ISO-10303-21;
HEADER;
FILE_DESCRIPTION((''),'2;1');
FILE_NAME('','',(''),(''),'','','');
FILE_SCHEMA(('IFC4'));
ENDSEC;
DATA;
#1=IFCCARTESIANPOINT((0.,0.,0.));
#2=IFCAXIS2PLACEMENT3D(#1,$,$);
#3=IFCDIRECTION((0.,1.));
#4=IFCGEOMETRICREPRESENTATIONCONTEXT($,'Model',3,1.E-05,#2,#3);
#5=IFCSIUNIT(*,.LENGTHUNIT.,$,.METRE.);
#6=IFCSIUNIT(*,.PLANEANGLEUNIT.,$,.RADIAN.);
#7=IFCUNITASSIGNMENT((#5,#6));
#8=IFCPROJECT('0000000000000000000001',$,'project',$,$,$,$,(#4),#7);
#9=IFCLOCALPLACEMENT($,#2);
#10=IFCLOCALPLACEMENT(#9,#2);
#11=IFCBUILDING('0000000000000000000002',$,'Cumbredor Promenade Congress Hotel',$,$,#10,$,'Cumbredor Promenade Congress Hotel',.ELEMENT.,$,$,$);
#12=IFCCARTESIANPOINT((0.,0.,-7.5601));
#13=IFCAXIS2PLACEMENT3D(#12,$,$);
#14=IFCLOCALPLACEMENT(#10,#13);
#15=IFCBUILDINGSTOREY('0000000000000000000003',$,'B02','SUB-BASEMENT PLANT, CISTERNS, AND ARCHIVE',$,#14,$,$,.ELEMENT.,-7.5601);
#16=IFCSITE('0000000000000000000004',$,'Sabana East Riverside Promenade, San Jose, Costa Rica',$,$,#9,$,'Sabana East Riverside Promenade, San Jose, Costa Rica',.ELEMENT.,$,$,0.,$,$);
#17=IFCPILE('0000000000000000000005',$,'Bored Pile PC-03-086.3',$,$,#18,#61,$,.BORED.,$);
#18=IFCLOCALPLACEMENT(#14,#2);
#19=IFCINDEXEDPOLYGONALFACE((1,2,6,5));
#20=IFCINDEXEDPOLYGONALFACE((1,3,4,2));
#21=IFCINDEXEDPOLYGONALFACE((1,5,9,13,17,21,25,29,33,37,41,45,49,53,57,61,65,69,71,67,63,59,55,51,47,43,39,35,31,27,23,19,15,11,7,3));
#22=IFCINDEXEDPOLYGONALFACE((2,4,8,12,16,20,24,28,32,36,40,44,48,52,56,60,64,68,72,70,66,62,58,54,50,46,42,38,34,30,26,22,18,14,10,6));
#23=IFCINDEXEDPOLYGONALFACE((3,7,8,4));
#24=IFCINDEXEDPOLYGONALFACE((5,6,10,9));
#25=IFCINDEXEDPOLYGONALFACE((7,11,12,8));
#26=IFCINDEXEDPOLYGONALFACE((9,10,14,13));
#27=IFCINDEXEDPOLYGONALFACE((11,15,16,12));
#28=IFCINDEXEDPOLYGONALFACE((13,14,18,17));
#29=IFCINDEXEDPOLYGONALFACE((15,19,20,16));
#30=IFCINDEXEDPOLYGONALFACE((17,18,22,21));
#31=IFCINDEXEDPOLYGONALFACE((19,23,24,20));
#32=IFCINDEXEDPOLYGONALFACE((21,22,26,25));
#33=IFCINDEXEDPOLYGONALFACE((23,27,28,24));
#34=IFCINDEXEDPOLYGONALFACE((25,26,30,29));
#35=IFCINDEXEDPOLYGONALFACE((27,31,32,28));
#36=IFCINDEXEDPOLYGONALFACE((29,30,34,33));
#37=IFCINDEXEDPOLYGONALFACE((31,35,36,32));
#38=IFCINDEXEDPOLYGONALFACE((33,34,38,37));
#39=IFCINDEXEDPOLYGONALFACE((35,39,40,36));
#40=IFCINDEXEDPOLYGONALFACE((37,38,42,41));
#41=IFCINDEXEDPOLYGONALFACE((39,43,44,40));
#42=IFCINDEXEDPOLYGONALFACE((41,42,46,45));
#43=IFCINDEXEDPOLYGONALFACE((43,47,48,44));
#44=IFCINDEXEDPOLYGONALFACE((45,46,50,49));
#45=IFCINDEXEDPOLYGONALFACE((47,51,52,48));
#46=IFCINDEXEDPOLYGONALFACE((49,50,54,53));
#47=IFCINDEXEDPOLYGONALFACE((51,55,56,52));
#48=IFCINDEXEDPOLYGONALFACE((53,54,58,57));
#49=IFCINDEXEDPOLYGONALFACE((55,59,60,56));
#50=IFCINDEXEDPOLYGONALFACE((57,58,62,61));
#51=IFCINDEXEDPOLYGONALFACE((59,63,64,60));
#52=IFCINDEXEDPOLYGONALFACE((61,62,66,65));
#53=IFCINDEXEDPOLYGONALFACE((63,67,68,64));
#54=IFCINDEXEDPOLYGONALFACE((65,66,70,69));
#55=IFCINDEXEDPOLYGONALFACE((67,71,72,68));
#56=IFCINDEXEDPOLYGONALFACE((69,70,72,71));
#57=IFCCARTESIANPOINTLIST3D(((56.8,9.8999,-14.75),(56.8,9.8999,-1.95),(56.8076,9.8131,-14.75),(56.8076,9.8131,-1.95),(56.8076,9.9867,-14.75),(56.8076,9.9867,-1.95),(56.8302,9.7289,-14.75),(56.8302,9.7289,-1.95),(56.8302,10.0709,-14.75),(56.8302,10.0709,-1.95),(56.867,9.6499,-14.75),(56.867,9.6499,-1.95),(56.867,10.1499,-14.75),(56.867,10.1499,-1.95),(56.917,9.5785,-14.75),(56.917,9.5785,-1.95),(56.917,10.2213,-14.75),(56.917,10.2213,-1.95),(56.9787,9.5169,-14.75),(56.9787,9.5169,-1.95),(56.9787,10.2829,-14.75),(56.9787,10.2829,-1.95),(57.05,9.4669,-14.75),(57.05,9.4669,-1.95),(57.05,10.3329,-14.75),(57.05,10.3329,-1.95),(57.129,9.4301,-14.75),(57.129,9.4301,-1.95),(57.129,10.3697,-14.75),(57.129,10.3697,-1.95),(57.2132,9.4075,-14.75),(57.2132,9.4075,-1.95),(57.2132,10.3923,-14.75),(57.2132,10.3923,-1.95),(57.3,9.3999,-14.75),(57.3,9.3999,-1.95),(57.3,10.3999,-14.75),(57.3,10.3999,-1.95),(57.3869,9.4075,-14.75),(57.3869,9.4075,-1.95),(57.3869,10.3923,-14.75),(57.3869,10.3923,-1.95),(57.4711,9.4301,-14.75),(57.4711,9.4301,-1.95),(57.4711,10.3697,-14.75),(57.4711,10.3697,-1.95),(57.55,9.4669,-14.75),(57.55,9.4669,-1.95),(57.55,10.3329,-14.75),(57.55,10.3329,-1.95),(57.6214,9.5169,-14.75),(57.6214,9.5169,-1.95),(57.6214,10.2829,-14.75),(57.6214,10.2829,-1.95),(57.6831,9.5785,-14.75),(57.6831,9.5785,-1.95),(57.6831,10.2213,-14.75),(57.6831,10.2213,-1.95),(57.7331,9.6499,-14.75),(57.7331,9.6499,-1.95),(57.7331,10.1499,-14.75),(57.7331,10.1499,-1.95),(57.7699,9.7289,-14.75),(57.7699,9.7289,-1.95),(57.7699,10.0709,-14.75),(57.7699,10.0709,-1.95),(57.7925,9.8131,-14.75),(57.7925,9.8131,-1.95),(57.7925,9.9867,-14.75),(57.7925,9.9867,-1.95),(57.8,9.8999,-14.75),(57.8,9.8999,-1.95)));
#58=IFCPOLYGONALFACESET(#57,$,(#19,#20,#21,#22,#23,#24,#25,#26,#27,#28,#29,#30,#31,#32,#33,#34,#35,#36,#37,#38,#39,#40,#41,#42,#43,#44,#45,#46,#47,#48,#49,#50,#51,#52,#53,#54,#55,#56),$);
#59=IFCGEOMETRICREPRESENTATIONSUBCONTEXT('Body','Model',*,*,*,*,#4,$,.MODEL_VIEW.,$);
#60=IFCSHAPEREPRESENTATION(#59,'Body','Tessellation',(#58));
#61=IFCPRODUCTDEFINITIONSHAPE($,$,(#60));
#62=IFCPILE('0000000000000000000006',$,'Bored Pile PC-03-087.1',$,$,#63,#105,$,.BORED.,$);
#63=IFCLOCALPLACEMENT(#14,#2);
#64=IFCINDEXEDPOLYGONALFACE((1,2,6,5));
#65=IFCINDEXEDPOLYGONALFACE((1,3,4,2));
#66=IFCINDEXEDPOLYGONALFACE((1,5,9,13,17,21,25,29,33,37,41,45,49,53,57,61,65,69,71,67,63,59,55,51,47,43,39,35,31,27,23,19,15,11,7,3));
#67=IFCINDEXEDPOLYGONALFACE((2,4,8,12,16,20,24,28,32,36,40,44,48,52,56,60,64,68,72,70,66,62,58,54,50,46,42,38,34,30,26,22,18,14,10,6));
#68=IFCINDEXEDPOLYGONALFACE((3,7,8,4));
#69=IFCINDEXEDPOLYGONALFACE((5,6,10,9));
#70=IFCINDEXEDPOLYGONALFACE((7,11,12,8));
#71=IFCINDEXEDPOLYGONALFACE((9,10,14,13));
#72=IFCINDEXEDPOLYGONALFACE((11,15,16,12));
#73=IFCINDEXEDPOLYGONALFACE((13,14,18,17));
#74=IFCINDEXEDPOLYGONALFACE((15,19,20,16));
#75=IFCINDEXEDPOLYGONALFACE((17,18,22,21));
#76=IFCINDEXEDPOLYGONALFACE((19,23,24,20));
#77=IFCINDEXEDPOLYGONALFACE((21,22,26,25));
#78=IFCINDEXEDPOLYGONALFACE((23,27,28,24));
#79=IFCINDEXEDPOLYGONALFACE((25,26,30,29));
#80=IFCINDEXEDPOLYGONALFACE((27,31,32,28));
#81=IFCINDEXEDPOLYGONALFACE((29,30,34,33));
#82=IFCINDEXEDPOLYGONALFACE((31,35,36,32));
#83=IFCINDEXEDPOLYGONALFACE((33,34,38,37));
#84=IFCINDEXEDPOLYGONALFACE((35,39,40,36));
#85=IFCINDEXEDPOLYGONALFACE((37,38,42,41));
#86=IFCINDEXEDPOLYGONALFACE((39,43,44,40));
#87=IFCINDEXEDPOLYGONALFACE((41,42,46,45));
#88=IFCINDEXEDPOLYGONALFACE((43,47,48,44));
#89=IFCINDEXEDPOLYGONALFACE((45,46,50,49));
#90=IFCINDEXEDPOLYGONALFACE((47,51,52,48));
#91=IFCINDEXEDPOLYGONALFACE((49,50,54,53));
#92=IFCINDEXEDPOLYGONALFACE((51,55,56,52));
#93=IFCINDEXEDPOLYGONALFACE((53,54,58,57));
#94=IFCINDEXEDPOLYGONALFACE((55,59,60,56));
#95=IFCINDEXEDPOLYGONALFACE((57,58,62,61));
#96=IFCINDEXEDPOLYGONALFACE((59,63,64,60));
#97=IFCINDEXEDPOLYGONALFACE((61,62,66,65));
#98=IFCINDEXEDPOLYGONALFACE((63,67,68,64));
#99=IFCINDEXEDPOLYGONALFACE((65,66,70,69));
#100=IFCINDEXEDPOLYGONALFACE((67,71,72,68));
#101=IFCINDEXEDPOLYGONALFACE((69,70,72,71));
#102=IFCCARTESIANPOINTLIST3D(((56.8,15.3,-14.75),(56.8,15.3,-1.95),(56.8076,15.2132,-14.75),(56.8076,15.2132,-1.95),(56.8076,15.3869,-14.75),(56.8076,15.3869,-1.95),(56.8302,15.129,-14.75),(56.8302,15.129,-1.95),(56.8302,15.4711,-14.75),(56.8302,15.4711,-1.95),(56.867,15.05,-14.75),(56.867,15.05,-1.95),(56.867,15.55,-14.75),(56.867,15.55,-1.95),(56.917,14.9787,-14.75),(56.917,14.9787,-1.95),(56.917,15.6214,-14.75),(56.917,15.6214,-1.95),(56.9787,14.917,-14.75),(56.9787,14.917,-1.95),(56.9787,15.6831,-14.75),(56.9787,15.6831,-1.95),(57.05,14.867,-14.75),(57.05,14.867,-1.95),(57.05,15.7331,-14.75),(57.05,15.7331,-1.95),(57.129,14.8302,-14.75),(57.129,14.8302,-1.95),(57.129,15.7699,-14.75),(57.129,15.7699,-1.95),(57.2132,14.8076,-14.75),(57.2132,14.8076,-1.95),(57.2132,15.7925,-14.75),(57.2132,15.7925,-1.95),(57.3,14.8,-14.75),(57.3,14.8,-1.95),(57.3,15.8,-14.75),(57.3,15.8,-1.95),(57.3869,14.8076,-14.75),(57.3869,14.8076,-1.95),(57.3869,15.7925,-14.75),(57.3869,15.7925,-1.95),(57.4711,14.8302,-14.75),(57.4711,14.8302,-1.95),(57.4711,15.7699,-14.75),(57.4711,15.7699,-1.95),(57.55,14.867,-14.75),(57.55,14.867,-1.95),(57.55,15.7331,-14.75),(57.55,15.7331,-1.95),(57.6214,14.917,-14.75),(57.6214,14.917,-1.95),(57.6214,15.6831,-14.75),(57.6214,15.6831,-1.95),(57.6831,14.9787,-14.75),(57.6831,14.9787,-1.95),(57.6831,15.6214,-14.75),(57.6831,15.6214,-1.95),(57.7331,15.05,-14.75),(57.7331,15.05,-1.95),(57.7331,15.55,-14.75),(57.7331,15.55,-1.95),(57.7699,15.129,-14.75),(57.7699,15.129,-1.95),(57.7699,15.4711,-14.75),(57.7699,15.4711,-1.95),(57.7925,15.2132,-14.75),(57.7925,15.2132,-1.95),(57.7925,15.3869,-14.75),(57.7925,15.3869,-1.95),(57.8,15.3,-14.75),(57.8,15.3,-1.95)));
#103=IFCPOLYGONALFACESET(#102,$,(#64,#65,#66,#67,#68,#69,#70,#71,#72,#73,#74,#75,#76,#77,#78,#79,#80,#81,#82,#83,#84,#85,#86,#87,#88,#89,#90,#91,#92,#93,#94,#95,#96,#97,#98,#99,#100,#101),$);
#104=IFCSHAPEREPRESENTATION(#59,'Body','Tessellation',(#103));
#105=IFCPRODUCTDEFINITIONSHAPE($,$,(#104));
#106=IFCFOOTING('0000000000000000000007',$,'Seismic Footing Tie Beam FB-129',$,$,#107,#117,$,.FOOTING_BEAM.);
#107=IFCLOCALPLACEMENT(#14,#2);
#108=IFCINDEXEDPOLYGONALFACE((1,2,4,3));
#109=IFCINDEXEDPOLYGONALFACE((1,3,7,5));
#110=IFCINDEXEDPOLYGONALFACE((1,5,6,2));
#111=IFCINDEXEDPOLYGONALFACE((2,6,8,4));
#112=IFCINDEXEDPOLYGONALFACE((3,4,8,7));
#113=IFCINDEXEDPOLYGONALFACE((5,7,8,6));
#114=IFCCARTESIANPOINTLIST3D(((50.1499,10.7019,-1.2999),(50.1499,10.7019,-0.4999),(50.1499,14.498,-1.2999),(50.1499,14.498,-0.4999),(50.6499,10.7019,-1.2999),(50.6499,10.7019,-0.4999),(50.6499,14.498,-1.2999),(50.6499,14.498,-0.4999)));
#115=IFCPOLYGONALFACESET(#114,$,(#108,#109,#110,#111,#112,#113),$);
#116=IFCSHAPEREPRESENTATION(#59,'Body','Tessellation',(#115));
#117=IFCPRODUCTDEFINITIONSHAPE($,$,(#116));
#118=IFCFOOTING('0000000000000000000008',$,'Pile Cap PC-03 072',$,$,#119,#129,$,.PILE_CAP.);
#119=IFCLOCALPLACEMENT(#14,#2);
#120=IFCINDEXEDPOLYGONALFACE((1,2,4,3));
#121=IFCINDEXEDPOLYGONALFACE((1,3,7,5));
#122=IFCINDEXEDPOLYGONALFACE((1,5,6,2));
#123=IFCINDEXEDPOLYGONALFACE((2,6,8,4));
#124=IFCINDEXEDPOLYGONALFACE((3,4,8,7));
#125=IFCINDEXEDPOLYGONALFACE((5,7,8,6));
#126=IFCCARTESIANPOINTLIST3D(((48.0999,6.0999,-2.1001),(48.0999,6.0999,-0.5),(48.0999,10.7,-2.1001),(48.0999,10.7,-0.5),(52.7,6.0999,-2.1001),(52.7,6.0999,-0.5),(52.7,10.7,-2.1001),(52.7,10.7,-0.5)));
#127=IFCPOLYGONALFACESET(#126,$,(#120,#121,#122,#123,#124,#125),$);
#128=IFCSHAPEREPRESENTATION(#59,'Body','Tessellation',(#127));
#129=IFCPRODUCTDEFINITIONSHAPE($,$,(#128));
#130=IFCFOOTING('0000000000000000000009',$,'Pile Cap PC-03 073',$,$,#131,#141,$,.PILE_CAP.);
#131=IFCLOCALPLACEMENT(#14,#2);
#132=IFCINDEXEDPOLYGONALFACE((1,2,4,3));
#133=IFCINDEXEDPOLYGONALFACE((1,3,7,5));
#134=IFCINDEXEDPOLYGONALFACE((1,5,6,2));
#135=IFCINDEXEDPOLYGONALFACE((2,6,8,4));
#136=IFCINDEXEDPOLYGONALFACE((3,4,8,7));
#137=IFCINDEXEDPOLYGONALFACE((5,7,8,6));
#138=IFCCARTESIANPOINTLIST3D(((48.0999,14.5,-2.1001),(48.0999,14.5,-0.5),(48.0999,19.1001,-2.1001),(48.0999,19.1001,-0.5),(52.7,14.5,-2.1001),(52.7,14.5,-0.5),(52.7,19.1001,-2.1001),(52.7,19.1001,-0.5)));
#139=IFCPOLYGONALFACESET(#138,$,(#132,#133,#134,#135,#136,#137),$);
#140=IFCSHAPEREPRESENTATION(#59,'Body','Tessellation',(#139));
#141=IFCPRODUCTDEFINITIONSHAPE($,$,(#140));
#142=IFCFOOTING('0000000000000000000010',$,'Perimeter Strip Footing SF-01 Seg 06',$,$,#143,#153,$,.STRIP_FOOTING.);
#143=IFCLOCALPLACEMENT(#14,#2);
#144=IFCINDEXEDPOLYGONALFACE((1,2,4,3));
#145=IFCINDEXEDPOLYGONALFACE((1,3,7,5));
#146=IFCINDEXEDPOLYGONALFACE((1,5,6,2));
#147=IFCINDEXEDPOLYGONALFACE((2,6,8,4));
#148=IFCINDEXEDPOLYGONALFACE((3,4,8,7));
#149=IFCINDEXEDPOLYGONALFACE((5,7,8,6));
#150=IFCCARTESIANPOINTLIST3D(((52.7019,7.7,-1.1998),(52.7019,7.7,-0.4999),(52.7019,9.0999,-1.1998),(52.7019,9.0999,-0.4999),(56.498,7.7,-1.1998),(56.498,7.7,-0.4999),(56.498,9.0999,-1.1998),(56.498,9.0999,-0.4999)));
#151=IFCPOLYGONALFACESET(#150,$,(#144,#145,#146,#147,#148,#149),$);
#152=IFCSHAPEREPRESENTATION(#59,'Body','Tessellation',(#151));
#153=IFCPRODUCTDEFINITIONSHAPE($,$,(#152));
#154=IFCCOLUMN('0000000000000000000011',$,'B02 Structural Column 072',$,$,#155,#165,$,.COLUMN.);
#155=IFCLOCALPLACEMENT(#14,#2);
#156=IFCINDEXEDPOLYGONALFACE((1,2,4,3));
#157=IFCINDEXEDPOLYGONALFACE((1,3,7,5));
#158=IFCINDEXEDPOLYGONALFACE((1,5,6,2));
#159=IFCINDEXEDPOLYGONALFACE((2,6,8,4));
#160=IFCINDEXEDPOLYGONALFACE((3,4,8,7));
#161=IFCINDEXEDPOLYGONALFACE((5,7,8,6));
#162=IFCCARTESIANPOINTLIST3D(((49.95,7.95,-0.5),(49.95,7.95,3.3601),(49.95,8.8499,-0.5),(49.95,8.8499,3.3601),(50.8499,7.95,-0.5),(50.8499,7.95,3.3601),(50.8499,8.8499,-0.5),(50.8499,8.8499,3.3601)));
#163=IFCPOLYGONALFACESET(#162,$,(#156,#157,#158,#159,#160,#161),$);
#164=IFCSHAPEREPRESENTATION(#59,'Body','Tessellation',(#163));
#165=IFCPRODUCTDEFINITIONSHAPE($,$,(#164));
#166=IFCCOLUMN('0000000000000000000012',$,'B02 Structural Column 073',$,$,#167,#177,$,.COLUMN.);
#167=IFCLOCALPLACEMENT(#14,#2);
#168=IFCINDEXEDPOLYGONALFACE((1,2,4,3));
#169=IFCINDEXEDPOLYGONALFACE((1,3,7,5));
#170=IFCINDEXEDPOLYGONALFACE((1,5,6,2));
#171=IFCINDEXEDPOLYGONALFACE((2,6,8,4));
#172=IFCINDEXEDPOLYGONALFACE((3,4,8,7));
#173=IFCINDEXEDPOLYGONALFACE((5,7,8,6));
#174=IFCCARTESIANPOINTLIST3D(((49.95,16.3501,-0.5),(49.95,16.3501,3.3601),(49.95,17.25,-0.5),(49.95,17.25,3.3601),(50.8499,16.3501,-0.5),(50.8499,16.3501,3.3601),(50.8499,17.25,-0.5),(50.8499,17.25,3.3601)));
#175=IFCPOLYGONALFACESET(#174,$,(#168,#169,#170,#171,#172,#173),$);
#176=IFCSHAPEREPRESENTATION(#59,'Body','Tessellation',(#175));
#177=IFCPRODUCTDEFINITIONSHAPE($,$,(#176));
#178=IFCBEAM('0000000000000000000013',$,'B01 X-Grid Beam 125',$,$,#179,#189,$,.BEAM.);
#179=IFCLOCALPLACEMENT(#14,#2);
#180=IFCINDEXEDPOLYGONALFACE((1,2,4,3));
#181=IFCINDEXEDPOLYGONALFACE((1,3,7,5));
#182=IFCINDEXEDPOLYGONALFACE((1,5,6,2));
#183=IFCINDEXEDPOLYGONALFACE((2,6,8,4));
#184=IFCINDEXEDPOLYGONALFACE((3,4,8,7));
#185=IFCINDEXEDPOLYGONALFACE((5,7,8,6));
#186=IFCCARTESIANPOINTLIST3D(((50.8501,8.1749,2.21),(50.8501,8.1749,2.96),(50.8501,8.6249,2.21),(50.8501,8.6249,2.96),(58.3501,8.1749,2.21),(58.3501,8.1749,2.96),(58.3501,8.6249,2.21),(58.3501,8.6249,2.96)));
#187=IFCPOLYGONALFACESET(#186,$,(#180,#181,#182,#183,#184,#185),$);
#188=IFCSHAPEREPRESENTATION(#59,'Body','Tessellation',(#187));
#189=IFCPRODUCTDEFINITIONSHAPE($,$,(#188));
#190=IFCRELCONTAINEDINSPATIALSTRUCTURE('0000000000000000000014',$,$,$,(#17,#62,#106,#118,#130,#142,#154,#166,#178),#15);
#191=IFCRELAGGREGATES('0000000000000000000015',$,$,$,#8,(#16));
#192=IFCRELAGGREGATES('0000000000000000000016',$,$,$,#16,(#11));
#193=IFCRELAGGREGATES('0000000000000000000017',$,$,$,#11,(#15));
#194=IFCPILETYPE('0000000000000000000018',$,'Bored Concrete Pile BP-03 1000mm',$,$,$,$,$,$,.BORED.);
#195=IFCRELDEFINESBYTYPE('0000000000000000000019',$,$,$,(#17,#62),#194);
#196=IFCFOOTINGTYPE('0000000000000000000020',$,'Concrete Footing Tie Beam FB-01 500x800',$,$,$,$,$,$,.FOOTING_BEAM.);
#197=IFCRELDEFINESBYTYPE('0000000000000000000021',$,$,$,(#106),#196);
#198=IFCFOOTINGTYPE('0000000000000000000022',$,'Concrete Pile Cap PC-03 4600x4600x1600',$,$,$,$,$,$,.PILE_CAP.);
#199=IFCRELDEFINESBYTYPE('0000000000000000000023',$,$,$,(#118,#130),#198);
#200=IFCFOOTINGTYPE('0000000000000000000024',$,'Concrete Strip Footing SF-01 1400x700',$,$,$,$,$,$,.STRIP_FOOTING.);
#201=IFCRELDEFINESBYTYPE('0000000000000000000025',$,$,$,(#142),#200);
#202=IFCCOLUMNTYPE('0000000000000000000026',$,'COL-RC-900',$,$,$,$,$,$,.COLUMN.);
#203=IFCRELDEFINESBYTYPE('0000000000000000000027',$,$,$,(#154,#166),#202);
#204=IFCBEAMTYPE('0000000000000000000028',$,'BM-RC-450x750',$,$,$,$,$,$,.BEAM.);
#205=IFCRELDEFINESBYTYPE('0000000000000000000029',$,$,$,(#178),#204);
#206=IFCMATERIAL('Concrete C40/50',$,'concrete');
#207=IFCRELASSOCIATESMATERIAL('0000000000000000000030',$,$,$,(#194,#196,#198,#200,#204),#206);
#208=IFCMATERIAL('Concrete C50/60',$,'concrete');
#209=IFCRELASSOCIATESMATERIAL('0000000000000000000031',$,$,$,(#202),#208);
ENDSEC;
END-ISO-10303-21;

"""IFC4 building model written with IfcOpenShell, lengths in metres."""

from ifc_helpers import new_model, si_unit, direction, frame, origin, origin_2d, place, context, subcontext, project, spatial, rectangle, circle, extrude, material, material_profile, profile_set, type_object, element, save


model = new_model("IFC4")

# Units and contexts
model_context = context("Model", 3, precision=1e-05, world=origin(), true_north=direction((0.0, 1.0)))
body_context = subcontext(model_context, "Body", "Model", "MODEL_VIEW")
ifc_project = project(units=[si_unit("LENGTHUNIT", "METRE"), si_unit("PLANEANGLEUNIT", "RADIAN")], contexts=[model_context])

# Site, building, storey
site_placement = place(None, origin())
site = spatial("IfcSite", under=ifc_project, at=site_placement, Name="Sabana East Riverside Promenade, San Jose, Costa Rica", LongName="Sabana East Riverside Promenade, San Jose, Costa Rica", CompositionType="ELEMENT", RefElevation=0.0)
building_placement = place(site_placement, origin())
building = spatial("IfcBuilding", under=site, at=building_placement, Name="Cumbredor Promenade Congress Hotel", LongName="Cumbredor Promenade Congress Hotel", CompositionType="ELEMENT")
storey_placement = place(building_placement, frame((0.0, 0.0, -7.5601)))
storey = spatial("IfcBuildingStorey", under=building, at=storey_placement, Name="B02", Description="SUB-BASEMENT PLANT, CISTERNS, AND ARCHIVE", CompositionType="ELEMENT", Elevation=-7.5601)

# Piles
ifc_material_1 = material(Name="Concrete C40/50", Category="concrete")
ifc_material_profile_1 = material_profile(ifc_material_1, circle(Radius=0.5, at=origin_2d()), Name="PILE D1000")
ifc_profile_set_1 = profile_set([ifc_material_profile_1], Name="Concrete C40/50")
pile_type = type_object("IfcPileType", Name="Bored Concrete Pile BP-03 1000mm", PredefinedType="BORED", material=ifc_profile_set_1)
for number, where, z_axis, x_axis, name in (
    (1, (57.3, 9.8999, -1.95), (0.0, 0.0, -1.0), (1.0, 0.0, 0.0), "Bored Pile PC-03-086.3"),
    (2, (57.3, 15.3, -1.95), (0.0, 0.0, -1.0), (1.0, 0.0, 0.0), "Bored Pile PC-03-087.1"),
):
    element("IfcPile", number, at=place(storey_placement, frame(where, z_axis=z_axis, x_axis=x_axis)), inside=storey, type_object=pile_type, Name=name, PredefinedType="BORED", context=body_context, shape_type="SweptSolid", body=[
        extrude(circle(Radius=0.5, at=origin_2d()), origin(), (0.0, 0.0, 1.0), 12.8),
    ])

# Footings
ifc_material_profile_2 = material_profile(ifc_material_1, rectangle(XDim=0.5, YDim=0.8, at=origin_2d()), Name="FB 500x800")
ifc_profile_set_2 = profile_set([ifc_material_profile_2], Name="Concrete C40/50")
footing_type_1 = type_object("IfcFootingType", Name="Concrete Footing Tie Beam FB-01 500x800", PredefinedType="FOOTING_BEAM", material=ifc_profile_set_2)
footing_1_placement = place(storey_placement, frame((50.3999, 10.7019, -0.8999), z_axis=(0.0, 1.0, 0.0), x_axis=(-1.0, 0.0, 0.0)))
element("IfcFooting", 3, at=footing_1_placement, inside=storey, type_object=footing_type_1, Name="Seismic Footing Tie Beam FB-129", PredefinedType="FOOTING_BEAM", context=body_context, shape_type="SweptSolid", body=[
    extrude(rectangle(XDim=0.5, YDim=0.8, at=origin_2d()), origin(), (0.0, 0.0, 1.0), 3.7961),
])
footing_type_2 = type_object("IfcFootingType", Name="Concrete Pile Cap PC-03 4600x4600x1600", PredefinedType="PILE_CAP", material=ifc_material_1)
for number, where, z_axis, x_axis, name in (
    (4, (50.3999, 8.3999, -2.1001), (0.0, 0.0, 1.0), (1.0, 0.0, 0.0), "Pile Cap PC-03 072"),
    (5, (50.3999, 16.8, -2.1001), (0.0, 0.0, 1.0), (1.0, 0.0, 0.0), "Pile Cap PC-03 073"),
):
    element("IfcFooting", number, at=place(storey_placement, frame(where, z_axis=z_axis, x_axis=x_axis)), inside=storey, type_object=footing_type_2, Name=name, PredefinedType="PILE_CAP", context=body_context, shape_type="SweptSolid", body=[
        extrude(rectangle(XDim=4.6001, YDim=4.6001, at=origin_2d()), origin(), (0.0, 0.0, 1.0), 1.6001),
    ])
ifc_material_profile_3 = material_profile(ifc_material_1, rectangle(XDim=1.3999, YDim=0.7, at=origin_2d()), Name="SF 1400x700")
ifc_profile_set_3 = profile_set([ifc_material_profile_3], Name="Concrete C40/50")
footing_type_3 = type_object("IfcFootingType", Name="Concrete Strip Footing SF-01 1400x700", PredefinedType="STRIP_FOOTING", material=ifc_profile_set_3)
footing_2_placement = place(storey_placement, frame((52.7019, 8.3999, -0.8499), z_axis=(1.0, 0.0, 0.0), x_axis=(0.0, 1.0, 0.0)))
element("IfcFooting", 6, at=footing_2_placement, inside=storey, type_object=footing_type_3, Name="Perimeter Strip Footing SF-01 Seg 06", PredefinedType="STRIP_FOOTING", context=body_context, shape_type="SweptSolid", body=[
    extrude(rectangle(XDim=1.3999, YDim=0.7, at=origin_2d()), origin(), (0.0, 0.0, 1.0), 3.7961),
])

# Columns
ifc_material_2 = material(Name="Concrete C50/60", Category="concrete")
ifc_material_profile_4 = material_profile(ifc_material_2, rectangle(XDim=0.8999, YDim=0.8999, at=origin_2d()), Name="RC 900x900")
ifc_profile_set_4 = profile_set([ifc_material_profile_4], Name="Concrete C50/60")
column_type = type_object("IfcColumnType", Name="COL-RC-900", PredefinedType="COLUMN", material=ifc_profile_set_4)
for number, where, z_axis, x_axis, name in (
    (7, (50.3999, 8.3999, -0.5), (0.0, 0.0, 1.0), (1.0, 0.0, 0.0), "B02 Structural Column 072"),
    (8, (50.3999, 16.8, -0.5), (0.0, 0.0, 1.0), (1.0, 0.0, 0.0), "B02 Structural Column 073"),
):
    element("IfcColumn", number, at=place(storey_placement, frame(where, z_axis=z_axis, x_axis=x_axis)), inside=storey, type_object=column_type, Name=name, PredefinedType="COLUMN", context=body_context, shape_type="SweptSolid", body=[
        extrude(rectangle(XDim=0.8999, YDim=0.8999, at=origin_2d()), origin(), (0.0, 0.0, 1.0), 3.8601),
    ])

# Beam
ifc_material_profile_5 = material_profile(ifc_material_1, rectangle(XDim=0.45, YDim=0.75, at=origin_2d()), Name="RC BEAM 450x750")
ifc_profile_set_5 = profile_set([ifc_material_profile_5], Name="Concrete C40/50")
beam_type_1 = type_object("IfcBeamType", Name="BM-RC-450x750", PredefinedType="BEAM", material=ifc_profile_set_5)
beam_1_placement = place(storey_placement, frame((50.8501, 8.3999, 2.585), z_axis=(1.0, 0.0, 0.0), x_axis=(0.0, 1.0, 0.0)))
element("IfcBeam", 9, at=beam_1_placement, inside=storey, type_object=beam_type_1, Name="B01 X-Grid Beam 125", PredefinedType="BEAM", context=body_context, shape_type="SweptSolid", body=[
    extrude(rectangle(XDim=0.45, YDim=0.75, at=origin_2d()), origin(), (0.0, 0.0, 1.0), 7.5),
])

save(model, "model.ifc")
